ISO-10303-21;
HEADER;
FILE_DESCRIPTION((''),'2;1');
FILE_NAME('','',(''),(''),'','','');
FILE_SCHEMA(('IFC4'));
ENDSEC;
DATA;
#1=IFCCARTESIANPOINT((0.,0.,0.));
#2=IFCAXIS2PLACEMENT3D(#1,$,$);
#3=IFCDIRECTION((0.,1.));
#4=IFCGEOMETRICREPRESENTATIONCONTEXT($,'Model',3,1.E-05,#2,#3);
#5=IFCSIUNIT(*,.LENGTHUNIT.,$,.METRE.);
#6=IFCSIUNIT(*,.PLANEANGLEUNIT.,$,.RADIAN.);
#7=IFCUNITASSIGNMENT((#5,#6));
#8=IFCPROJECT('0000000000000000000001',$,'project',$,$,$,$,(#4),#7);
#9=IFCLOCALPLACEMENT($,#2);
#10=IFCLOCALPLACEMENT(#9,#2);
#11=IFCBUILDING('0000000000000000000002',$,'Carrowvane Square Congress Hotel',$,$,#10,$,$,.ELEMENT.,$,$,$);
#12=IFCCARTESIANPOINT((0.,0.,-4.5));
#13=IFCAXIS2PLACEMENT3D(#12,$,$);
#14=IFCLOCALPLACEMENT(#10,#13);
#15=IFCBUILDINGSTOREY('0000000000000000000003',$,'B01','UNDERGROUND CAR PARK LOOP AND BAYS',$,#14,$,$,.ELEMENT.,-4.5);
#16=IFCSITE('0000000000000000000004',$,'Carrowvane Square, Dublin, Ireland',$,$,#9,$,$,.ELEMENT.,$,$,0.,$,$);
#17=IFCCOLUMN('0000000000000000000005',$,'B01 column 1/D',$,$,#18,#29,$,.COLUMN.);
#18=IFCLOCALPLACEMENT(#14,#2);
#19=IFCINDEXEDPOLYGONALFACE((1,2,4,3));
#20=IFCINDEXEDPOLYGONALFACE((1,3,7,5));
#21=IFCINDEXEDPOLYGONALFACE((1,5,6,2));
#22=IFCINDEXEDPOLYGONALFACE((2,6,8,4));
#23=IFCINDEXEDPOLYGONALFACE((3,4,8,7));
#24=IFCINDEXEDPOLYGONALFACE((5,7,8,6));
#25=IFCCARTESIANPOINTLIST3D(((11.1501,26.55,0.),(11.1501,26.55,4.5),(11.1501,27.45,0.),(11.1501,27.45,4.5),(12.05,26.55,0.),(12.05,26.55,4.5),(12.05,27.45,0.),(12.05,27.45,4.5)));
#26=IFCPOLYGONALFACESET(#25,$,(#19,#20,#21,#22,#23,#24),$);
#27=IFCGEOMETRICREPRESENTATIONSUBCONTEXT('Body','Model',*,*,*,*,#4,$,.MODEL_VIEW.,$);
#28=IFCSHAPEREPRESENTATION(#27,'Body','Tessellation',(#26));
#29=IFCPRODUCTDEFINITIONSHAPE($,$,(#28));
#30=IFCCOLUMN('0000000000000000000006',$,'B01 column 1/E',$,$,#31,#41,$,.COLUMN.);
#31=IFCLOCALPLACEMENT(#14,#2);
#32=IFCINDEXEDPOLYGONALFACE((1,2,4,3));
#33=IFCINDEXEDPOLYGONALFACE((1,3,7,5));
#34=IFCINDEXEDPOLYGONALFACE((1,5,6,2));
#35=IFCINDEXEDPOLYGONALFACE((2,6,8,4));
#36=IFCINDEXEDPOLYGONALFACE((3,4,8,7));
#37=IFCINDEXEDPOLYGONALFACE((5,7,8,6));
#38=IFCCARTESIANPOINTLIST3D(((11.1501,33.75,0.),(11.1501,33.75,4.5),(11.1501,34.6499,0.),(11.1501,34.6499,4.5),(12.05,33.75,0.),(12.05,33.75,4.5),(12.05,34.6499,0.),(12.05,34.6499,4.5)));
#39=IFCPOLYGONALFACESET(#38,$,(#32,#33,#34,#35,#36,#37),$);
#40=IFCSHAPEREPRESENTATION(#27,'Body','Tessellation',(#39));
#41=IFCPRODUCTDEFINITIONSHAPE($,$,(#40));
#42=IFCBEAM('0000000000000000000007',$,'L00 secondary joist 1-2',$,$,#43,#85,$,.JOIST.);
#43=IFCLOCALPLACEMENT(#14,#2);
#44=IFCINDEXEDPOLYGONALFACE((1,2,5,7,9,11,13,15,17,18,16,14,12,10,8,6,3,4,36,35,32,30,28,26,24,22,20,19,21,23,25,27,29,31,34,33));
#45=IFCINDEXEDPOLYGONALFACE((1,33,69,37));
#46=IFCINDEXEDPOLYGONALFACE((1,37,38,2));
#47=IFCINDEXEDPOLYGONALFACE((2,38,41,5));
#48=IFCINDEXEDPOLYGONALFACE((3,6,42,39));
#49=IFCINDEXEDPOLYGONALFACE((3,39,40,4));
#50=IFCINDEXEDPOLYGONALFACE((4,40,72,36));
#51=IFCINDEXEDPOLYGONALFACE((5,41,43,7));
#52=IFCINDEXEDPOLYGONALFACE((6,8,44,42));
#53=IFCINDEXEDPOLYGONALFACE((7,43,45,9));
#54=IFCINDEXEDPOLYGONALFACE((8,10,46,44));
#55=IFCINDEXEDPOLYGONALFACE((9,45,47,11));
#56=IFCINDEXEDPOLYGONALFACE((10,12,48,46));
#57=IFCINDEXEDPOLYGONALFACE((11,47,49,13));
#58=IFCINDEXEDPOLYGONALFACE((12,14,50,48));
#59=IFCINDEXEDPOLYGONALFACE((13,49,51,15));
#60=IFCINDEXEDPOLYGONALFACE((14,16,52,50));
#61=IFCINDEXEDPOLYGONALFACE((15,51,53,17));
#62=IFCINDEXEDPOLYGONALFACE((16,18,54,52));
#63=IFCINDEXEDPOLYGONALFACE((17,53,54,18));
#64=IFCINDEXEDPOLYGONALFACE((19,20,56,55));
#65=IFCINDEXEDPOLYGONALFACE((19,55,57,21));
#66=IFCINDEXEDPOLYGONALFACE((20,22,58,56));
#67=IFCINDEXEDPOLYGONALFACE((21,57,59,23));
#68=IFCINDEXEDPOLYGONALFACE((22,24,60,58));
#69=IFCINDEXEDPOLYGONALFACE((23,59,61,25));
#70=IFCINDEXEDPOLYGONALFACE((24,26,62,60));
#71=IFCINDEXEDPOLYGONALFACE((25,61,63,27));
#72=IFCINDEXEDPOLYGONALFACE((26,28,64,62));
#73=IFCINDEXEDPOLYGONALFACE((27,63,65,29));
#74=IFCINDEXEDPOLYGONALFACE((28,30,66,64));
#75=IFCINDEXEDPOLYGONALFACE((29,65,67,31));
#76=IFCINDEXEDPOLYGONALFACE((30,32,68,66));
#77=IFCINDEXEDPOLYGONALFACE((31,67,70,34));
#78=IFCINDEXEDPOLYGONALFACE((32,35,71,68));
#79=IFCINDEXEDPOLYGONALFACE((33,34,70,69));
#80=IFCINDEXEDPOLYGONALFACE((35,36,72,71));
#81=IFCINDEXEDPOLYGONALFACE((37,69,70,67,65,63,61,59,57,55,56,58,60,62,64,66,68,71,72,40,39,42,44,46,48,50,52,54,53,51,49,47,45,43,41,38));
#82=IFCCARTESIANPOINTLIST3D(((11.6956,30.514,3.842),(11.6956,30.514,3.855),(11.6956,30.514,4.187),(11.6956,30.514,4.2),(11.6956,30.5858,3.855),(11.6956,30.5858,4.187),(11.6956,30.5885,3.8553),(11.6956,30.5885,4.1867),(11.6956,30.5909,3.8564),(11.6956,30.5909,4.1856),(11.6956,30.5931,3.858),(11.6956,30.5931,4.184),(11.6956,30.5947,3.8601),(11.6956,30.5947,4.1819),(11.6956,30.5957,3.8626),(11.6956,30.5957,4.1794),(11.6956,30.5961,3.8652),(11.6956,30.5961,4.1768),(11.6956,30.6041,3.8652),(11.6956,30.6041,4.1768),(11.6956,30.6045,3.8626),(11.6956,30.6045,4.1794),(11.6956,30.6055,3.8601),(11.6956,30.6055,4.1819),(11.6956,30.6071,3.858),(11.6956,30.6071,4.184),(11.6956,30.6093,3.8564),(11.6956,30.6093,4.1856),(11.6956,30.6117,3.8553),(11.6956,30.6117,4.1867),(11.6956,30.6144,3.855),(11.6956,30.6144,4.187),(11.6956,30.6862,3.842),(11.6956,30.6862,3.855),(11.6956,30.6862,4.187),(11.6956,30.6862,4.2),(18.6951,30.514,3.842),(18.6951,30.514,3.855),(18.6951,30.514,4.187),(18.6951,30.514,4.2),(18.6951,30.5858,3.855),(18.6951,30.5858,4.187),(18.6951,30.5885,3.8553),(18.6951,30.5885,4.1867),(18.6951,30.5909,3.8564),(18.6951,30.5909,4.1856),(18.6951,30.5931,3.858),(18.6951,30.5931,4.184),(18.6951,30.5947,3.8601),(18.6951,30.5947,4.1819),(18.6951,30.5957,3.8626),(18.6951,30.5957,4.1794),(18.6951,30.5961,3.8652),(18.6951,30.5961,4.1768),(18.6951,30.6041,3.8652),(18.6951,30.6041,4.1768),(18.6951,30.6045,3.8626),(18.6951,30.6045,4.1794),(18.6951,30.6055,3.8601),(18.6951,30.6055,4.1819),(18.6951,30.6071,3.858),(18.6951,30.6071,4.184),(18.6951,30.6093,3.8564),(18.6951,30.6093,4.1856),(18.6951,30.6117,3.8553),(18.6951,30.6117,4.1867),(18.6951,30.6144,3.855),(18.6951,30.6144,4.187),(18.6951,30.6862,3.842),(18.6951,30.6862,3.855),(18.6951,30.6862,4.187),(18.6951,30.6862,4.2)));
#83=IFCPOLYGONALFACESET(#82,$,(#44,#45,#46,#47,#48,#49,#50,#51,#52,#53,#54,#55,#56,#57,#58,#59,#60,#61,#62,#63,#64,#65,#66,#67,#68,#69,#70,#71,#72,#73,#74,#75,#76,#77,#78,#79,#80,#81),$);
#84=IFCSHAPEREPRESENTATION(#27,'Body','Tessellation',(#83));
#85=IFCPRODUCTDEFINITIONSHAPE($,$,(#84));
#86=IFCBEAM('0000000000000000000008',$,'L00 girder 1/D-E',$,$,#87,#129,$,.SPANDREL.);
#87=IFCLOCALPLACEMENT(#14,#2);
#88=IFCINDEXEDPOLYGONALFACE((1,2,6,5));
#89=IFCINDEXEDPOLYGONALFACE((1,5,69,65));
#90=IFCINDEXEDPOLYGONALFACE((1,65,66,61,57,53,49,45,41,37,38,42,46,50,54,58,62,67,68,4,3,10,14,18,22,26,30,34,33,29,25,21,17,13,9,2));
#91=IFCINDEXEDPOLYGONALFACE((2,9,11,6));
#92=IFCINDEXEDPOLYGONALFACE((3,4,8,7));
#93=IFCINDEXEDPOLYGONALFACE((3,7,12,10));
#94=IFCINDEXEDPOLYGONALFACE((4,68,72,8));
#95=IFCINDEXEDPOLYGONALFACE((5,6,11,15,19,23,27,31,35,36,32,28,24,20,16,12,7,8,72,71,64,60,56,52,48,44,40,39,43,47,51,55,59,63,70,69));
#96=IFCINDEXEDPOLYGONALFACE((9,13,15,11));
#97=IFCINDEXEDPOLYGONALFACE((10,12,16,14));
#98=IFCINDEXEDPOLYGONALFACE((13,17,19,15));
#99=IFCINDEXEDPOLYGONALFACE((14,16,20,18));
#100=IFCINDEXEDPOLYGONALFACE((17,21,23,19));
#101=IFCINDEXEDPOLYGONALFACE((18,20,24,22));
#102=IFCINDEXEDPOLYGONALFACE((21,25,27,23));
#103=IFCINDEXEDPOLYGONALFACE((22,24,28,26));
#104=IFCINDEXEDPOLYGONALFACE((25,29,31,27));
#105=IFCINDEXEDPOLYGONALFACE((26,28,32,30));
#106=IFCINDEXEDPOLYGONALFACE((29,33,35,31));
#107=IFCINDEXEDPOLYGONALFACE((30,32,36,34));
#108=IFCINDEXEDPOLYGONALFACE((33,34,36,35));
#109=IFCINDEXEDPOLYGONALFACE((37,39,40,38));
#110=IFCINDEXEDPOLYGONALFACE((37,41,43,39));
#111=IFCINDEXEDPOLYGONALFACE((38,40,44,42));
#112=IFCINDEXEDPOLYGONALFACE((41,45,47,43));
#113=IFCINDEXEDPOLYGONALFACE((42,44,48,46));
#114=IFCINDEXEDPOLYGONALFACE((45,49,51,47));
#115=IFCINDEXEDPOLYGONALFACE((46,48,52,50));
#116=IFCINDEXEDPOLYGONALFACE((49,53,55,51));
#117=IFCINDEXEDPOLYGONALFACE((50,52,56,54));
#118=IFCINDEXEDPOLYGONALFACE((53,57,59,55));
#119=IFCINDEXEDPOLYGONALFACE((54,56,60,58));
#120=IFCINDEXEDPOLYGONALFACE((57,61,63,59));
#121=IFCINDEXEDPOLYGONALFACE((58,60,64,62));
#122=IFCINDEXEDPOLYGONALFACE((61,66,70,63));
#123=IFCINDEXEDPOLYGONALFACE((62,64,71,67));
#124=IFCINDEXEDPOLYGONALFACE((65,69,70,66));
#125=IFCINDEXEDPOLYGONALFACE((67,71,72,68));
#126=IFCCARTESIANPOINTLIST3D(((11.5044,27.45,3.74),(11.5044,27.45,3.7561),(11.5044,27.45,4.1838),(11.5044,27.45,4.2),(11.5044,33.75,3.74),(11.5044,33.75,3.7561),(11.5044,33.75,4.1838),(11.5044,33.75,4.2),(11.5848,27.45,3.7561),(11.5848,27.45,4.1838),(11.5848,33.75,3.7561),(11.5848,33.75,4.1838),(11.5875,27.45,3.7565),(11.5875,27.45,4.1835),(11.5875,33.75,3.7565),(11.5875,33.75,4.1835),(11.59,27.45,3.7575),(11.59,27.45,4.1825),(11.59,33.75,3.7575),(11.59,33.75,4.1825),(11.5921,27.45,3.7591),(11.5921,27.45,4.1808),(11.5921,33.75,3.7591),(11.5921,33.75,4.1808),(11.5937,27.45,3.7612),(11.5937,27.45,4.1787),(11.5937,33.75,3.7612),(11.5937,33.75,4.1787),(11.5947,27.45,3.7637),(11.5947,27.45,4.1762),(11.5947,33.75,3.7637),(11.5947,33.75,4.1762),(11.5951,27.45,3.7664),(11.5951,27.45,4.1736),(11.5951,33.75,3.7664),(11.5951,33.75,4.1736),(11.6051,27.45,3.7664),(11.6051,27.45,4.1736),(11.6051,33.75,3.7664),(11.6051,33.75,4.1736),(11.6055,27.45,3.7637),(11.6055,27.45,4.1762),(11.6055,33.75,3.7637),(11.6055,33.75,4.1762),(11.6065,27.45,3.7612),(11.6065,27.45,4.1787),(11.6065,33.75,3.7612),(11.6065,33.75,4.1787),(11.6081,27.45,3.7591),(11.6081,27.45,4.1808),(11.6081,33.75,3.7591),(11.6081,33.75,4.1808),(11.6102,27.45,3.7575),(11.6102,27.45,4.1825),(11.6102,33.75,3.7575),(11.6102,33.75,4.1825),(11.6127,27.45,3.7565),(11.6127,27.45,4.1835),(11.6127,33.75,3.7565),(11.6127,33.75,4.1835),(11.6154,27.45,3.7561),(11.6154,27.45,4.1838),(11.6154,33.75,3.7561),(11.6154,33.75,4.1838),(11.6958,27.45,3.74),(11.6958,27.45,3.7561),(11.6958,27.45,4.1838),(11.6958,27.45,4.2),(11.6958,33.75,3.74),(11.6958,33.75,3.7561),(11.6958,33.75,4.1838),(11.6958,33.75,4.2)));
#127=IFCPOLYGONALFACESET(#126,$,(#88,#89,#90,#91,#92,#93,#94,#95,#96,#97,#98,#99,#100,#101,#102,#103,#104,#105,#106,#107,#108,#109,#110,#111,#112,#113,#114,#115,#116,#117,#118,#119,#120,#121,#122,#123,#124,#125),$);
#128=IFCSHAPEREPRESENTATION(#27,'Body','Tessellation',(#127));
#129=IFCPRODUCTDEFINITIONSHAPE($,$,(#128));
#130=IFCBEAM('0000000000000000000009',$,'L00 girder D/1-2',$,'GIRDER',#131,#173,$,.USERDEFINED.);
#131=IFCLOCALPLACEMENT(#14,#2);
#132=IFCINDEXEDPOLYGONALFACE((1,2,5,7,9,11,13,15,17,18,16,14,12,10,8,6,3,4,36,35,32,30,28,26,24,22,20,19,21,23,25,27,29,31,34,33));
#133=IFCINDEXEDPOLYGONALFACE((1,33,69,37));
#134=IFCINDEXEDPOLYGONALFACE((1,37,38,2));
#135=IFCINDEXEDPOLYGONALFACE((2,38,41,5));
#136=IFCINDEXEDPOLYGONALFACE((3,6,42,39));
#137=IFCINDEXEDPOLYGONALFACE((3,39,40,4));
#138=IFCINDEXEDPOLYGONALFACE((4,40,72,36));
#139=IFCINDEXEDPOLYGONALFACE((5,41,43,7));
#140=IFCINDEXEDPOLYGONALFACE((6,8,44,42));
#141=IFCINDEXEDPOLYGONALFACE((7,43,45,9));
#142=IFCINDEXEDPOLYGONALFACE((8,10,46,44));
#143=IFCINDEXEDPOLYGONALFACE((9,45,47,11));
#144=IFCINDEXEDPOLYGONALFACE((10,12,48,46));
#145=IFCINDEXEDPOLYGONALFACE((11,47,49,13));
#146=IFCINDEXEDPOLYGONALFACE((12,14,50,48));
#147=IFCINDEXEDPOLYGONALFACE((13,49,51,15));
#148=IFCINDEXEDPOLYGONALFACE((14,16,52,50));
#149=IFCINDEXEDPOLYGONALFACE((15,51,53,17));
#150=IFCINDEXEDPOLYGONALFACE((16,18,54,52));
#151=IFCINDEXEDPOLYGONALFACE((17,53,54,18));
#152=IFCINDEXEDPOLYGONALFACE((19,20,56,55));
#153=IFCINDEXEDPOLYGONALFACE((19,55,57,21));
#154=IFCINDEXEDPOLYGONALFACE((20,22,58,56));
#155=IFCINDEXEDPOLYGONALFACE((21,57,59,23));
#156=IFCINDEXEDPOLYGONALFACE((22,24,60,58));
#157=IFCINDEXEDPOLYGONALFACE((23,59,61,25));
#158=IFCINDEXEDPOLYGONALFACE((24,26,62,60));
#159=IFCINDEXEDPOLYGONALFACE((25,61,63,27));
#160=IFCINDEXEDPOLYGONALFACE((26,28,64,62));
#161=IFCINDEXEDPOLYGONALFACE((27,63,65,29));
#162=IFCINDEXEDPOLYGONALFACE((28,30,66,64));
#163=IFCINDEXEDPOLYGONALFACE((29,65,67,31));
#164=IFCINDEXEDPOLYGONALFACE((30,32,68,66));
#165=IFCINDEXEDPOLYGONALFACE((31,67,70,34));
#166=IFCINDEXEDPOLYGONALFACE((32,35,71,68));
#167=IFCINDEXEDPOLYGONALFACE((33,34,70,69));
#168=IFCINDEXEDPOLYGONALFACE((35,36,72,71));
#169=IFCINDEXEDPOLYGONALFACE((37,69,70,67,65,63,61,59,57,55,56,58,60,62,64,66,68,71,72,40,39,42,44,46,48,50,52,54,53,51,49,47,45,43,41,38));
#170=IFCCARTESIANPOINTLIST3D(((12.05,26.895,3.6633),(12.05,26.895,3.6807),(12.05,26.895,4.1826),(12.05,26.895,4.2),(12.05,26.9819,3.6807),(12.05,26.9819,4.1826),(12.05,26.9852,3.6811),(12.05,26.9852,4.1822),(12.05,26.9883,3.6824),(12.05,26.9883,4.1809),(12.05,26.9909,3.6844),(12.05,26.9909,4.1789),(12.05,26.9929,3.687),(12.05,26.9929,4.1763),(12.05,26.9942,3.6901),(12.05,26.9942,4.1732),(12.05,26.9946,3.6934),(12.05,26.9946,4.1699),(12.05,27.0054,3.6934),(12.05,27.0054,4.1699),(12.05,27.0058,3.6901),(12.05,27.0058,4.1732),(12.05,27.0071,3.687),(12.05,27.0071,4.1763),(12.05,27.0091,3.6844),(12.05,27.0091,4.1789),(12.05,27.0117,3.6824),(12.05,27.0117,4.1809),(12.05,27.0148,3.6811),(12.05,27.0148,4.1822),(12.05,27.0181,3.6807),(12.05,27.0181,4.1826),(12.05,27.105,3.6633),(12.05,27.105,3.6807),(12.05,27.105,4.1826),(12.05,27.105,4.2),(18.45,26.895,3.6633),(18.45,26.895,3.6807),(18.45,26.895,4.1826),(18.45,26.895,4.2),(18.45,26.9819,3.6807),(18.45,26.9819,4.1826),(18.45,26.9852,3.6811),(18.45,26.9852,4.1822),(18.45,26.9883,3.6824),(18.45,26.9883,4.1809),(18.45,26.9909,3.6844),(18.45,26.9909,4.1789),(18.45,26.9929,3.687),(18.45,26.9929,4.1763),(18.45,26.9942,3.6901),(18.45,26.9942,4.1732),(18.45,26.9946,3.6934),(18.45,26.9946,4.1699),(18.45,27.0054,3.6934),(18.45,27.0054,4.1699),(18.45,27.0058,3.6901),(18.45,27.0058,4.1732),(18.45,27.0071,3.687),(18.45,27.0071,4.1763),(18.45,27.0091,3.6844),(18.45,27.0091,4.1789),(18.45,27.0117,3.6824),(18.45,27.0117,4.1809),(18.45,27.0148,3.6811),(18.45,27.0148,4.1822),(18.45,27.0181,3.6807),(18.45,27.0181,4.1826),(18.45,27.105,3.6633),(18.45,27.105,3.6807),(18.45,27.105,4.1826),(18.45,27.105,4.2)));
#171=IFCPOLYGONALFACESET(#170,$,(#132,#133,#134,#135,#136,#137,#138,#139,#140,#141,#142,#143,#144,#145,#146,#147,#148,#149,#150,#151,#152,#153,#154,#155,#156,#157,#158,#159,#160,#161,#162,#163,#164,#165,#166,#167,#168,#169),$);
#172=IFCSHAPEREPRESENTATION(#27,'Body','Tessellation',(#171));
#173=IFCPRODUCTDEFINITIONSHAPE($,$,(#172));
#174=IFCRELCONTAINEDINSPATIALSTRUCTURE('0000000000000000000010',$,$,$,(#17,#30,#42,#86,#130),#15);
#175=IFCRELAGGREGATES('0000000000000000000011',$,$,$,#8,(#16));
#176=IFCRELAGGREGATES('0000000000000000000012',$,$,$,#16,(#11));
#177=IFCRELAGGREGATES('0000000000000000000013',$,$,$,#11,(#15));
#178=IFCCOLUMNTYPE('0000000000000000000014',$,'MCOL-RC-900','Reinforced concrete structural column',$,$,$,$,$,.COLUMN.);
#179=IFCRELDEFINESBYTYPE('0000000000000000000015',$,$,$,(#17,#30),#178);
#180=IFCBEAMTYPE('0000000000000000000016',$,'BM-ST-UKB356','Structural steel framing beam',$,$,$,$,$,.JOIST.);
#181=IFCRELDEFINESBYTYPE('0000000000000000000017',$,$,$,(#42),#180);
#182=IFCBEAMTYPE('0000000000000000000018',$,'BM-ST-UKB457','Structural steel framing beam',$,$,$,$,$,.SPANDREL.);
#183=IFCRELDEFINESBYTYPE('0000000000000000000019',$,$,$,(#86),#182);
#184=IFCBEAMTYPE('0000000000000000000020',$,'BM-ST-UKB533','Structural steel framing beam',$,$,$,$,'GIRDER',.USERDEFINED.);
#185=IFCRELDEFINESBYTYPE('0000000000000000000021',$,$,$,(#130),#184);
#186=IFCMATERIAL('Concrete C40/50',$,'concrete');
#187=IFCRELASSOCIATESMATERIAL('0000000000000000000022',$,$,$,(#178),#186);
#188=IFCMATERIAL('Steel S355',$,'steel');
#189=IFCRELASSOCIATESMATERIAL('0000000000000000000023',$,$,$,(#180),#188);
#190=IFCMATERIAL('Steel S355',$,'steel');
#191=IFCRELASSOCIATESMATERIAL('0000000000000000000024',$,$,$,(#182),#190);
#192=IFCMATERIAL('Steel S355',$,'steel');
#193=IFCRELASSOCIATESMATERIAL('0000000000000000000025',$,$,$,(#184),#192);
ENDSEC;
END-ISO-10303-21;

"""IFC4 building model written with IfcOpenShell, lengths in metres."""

from ifc_helpers import new_model, si_unit, direction, frame, origin, origin_2d, place, context, subcontext, project, spatial, rectangle, i_section, extrude, material, material_profile, profile_set, type_object, element, save


model = new_model("IFC4")

# Units and contexts
model_context = context("Model", 3, precision=1e-05, world=origin(), true_north=direction((0.0, 1.0)))
body_context = subcontext(model_context, "Body", "Model", "MODEL_VIEW")
ifc_project = project(units=[si_unit("LENGTHUNIT", "METRE"), si_unit("PLANEANGLEUNIT", "RADIAN")], contexts=[model_context])

# Site, building, storey
site_placement = place(None, origin())
site = spatial("IfcSite", under=ifc_project, at=site_placement, Name="Carrowvane Square, Dublin, Ireland", CompositionType="ELEMENT", RefElevation=0.0)
building_placement = place(site_placement, origin())
building = spatial("IfcBuilding", under=site, at=building_placement, Name="Carrowvane Square Congress Hotel", CompositionType="ELEMENT")
storey_placement = place(building_placement, frame((0.0, 0.0, -4.5)))
storey = spatial("IfcBuildingStorey", under=building, at=storey_placement, Name="B01", Description="UNDERGROUND CAR PARK LOOP AND BAYS", CompositionType="ELEMENT", Elevation=-4.5)

# Columns
ifc_material_1 = material(Name="Concrete C40/50", Category="concrete")
ifc_material_profile_1 = material_profile(ifc_material_1, rectangle(XDim=0.8999, YDim=0.8999, at=origin_2d()), Name="RC 900x900")
ifc_profile_set_1 = profile_set([ifc_material_profile_1], Name="Concrete C40/50")
column_type_1 = type_object("IfcColumnType", Name="MCOL-RC-900", Description="Reinforced concrete structural column", PredefinedType="COLUMN", material=ifc_profile_set_1)
for number, where, z_axis, x_axis, name in (
    (1, (11.6001, 27.0, 0.0), (0.0, 0.0, 1.0), (1.0, 0.0, 0.0), "B01 column 1/D"),
    (2, (11.6001, 34.2, 0.0), (0.0, 0.0, 1.0), (1.0, 0.0, 0.0), "B01 column 1/E"),
):
    element("IfcColumn", number, at=place(storey_placement, frame(where, z_axis=z_axis, x_axis=x_axis)), inside=storey, type_object=column_type_1, Name=name, PredefinedType="COLUMN", context=body_context, shape_type="SweptSolid", body=[
        extrude(rectangle(XDim=0.8999, YDim=0.8999, at=origin_2d()), origin(), (0.0, 0.0, 1.0), 4.5),
    ])

# Beams
ifc_material_2 = material(Name="Steel S355", Category="steel")
ifc_material_profile_2 = material_profile(ifc_material_2, i_section(OverallWidth=0.1721, OverallDepth=0.3579, WebThickness=0.0081, FlangeThickness=0.0129, FilletRadius=0.0103, at=origin_2d()), Name="UKB 356x171x57")
ifc_profile_set_2 = profile_set([ifc_material_profile_2], Name="Steel S355")
beam_type_1 = type_object("IfcBeamType", Name="BM-ST-UKB356", Description="Structural steel framing beam", PredefinedType="JOIST", material=ifc_profile_set_2)
beam_1_placement = place(storey_placement, frame((11.6956, 30.6001, 4.021), z_axis=(1.0, 0.0, 0.0), x_axis=(0.0, 1.0, 0.0)))
element("IfcBeam", 3, at=beam_1_placement, inside=storey, type_object=beam_type_1, Name="L00 secondary joist 1-2", PredefinedType="JOIST", context=body_context, shape_type="SweptSolid", body=[
    extrude(i_section(OverallWidth=0.1721, OverallDepth=0.3579, WebThickness=0.0081, FlangeThickness=0.0129, FilletRadius=0.0103, at=origin_2d()), origin(), (0.0, 0.0, 1.0), 6.9995),
])
ifc_material_3 = material(Name="Steel S355", Category="steel")
ifc_material_profile_3 = material_profile(ifc_material_3, i_section(OverallWidth=0.1914, OverallDepth=0.46, WebThickness=0.01, FlangeThickness=0.0161, FilletRadius=0.0103, at=origin_2d()), Name="UKB 457x191x82")
ifc_profile_set_3 = profile_set([ifc_material_profile_3], Name="Steel S355")
beam_type_2 = type_object("IfcBeamType", Name="BM-ST-UKB457", Description="Structural steel framing beam", PredefinedType="SPANDREL", material=ifc_profile_set_3)
beam_2_placement = place(storey_placement, frame((11.6001, 27.45, 3.97), z_axis=(0.0, 1.0, 0.0), x_axis=(-1.0, 0.0, 0.0)))
element("IfcBeam", 4, at=beam_2_placement, inside=storey, type_object=beam_type_2, Name="L00 girder 1/D-E", PredefinedType="SPANDREL", context=body_context, shape_type="SweptSolid", body=[
    extrude(i_section(OverallWidth=0.1914, OverallDepth=0.46, WebThickness=0.01, FlangeThickness=0.0161, FilletRadius=0.0103, at=origin_2d()), origin(), (0.0, 0.0, 1.0), 6.3),
])
ifc_material_4 = material(Name="Steel S355", Category="steel")
ifc_material_profile_4 = material_profile(ifc_material_4, i_section(OverallWidth=0.21, OverallDepth=0.5366, WebThickness=0.0107, FlangeThickness=0.0173, FilletRadius=0.0127, at=origin_2d()), Name="UKB 533x210x101")
ifc_profile_set_4 = profile_set([ifc_material_profile_4], Name="Steel S355")
beam_type_3 = type_object("IfcBeamType", Name="BM-ST-UKB533", Description="Structural steel framing beam", ElementType="GIRDER", PredefinedType="USERDEFINED", material=ifc_profile_set_4)
for number, where, z_axis, x_axis, name in (
    (5, (12.05, 27.0, 3.9316), (1.0, 0.0, 0.0), (0.0, 1.0, 0.0), "L00 girder D/1-2"),
):
    element("IfcBeam", number, at=place(storey_placement, frame(where, z_axis=z_axis, x_axis=x_axis)), inside=storey, type_object=beam_type_3, Name=name, ObjectType="GIRDER", PredefinedType="USERDEFINED", context=body_context, shape_type="SweptSolid", body=[
        extrude(i_section(OverallWidth=0.21, OverallDepth=0.5366, WebThickness=0.0107, FlangeThickness=0.0173, FilletRadius=0.0127, at=origin_2d()), origin(), (0.0, 0.0, 1.0), 6.3999),
    ])

save(model, "model.ifc")
